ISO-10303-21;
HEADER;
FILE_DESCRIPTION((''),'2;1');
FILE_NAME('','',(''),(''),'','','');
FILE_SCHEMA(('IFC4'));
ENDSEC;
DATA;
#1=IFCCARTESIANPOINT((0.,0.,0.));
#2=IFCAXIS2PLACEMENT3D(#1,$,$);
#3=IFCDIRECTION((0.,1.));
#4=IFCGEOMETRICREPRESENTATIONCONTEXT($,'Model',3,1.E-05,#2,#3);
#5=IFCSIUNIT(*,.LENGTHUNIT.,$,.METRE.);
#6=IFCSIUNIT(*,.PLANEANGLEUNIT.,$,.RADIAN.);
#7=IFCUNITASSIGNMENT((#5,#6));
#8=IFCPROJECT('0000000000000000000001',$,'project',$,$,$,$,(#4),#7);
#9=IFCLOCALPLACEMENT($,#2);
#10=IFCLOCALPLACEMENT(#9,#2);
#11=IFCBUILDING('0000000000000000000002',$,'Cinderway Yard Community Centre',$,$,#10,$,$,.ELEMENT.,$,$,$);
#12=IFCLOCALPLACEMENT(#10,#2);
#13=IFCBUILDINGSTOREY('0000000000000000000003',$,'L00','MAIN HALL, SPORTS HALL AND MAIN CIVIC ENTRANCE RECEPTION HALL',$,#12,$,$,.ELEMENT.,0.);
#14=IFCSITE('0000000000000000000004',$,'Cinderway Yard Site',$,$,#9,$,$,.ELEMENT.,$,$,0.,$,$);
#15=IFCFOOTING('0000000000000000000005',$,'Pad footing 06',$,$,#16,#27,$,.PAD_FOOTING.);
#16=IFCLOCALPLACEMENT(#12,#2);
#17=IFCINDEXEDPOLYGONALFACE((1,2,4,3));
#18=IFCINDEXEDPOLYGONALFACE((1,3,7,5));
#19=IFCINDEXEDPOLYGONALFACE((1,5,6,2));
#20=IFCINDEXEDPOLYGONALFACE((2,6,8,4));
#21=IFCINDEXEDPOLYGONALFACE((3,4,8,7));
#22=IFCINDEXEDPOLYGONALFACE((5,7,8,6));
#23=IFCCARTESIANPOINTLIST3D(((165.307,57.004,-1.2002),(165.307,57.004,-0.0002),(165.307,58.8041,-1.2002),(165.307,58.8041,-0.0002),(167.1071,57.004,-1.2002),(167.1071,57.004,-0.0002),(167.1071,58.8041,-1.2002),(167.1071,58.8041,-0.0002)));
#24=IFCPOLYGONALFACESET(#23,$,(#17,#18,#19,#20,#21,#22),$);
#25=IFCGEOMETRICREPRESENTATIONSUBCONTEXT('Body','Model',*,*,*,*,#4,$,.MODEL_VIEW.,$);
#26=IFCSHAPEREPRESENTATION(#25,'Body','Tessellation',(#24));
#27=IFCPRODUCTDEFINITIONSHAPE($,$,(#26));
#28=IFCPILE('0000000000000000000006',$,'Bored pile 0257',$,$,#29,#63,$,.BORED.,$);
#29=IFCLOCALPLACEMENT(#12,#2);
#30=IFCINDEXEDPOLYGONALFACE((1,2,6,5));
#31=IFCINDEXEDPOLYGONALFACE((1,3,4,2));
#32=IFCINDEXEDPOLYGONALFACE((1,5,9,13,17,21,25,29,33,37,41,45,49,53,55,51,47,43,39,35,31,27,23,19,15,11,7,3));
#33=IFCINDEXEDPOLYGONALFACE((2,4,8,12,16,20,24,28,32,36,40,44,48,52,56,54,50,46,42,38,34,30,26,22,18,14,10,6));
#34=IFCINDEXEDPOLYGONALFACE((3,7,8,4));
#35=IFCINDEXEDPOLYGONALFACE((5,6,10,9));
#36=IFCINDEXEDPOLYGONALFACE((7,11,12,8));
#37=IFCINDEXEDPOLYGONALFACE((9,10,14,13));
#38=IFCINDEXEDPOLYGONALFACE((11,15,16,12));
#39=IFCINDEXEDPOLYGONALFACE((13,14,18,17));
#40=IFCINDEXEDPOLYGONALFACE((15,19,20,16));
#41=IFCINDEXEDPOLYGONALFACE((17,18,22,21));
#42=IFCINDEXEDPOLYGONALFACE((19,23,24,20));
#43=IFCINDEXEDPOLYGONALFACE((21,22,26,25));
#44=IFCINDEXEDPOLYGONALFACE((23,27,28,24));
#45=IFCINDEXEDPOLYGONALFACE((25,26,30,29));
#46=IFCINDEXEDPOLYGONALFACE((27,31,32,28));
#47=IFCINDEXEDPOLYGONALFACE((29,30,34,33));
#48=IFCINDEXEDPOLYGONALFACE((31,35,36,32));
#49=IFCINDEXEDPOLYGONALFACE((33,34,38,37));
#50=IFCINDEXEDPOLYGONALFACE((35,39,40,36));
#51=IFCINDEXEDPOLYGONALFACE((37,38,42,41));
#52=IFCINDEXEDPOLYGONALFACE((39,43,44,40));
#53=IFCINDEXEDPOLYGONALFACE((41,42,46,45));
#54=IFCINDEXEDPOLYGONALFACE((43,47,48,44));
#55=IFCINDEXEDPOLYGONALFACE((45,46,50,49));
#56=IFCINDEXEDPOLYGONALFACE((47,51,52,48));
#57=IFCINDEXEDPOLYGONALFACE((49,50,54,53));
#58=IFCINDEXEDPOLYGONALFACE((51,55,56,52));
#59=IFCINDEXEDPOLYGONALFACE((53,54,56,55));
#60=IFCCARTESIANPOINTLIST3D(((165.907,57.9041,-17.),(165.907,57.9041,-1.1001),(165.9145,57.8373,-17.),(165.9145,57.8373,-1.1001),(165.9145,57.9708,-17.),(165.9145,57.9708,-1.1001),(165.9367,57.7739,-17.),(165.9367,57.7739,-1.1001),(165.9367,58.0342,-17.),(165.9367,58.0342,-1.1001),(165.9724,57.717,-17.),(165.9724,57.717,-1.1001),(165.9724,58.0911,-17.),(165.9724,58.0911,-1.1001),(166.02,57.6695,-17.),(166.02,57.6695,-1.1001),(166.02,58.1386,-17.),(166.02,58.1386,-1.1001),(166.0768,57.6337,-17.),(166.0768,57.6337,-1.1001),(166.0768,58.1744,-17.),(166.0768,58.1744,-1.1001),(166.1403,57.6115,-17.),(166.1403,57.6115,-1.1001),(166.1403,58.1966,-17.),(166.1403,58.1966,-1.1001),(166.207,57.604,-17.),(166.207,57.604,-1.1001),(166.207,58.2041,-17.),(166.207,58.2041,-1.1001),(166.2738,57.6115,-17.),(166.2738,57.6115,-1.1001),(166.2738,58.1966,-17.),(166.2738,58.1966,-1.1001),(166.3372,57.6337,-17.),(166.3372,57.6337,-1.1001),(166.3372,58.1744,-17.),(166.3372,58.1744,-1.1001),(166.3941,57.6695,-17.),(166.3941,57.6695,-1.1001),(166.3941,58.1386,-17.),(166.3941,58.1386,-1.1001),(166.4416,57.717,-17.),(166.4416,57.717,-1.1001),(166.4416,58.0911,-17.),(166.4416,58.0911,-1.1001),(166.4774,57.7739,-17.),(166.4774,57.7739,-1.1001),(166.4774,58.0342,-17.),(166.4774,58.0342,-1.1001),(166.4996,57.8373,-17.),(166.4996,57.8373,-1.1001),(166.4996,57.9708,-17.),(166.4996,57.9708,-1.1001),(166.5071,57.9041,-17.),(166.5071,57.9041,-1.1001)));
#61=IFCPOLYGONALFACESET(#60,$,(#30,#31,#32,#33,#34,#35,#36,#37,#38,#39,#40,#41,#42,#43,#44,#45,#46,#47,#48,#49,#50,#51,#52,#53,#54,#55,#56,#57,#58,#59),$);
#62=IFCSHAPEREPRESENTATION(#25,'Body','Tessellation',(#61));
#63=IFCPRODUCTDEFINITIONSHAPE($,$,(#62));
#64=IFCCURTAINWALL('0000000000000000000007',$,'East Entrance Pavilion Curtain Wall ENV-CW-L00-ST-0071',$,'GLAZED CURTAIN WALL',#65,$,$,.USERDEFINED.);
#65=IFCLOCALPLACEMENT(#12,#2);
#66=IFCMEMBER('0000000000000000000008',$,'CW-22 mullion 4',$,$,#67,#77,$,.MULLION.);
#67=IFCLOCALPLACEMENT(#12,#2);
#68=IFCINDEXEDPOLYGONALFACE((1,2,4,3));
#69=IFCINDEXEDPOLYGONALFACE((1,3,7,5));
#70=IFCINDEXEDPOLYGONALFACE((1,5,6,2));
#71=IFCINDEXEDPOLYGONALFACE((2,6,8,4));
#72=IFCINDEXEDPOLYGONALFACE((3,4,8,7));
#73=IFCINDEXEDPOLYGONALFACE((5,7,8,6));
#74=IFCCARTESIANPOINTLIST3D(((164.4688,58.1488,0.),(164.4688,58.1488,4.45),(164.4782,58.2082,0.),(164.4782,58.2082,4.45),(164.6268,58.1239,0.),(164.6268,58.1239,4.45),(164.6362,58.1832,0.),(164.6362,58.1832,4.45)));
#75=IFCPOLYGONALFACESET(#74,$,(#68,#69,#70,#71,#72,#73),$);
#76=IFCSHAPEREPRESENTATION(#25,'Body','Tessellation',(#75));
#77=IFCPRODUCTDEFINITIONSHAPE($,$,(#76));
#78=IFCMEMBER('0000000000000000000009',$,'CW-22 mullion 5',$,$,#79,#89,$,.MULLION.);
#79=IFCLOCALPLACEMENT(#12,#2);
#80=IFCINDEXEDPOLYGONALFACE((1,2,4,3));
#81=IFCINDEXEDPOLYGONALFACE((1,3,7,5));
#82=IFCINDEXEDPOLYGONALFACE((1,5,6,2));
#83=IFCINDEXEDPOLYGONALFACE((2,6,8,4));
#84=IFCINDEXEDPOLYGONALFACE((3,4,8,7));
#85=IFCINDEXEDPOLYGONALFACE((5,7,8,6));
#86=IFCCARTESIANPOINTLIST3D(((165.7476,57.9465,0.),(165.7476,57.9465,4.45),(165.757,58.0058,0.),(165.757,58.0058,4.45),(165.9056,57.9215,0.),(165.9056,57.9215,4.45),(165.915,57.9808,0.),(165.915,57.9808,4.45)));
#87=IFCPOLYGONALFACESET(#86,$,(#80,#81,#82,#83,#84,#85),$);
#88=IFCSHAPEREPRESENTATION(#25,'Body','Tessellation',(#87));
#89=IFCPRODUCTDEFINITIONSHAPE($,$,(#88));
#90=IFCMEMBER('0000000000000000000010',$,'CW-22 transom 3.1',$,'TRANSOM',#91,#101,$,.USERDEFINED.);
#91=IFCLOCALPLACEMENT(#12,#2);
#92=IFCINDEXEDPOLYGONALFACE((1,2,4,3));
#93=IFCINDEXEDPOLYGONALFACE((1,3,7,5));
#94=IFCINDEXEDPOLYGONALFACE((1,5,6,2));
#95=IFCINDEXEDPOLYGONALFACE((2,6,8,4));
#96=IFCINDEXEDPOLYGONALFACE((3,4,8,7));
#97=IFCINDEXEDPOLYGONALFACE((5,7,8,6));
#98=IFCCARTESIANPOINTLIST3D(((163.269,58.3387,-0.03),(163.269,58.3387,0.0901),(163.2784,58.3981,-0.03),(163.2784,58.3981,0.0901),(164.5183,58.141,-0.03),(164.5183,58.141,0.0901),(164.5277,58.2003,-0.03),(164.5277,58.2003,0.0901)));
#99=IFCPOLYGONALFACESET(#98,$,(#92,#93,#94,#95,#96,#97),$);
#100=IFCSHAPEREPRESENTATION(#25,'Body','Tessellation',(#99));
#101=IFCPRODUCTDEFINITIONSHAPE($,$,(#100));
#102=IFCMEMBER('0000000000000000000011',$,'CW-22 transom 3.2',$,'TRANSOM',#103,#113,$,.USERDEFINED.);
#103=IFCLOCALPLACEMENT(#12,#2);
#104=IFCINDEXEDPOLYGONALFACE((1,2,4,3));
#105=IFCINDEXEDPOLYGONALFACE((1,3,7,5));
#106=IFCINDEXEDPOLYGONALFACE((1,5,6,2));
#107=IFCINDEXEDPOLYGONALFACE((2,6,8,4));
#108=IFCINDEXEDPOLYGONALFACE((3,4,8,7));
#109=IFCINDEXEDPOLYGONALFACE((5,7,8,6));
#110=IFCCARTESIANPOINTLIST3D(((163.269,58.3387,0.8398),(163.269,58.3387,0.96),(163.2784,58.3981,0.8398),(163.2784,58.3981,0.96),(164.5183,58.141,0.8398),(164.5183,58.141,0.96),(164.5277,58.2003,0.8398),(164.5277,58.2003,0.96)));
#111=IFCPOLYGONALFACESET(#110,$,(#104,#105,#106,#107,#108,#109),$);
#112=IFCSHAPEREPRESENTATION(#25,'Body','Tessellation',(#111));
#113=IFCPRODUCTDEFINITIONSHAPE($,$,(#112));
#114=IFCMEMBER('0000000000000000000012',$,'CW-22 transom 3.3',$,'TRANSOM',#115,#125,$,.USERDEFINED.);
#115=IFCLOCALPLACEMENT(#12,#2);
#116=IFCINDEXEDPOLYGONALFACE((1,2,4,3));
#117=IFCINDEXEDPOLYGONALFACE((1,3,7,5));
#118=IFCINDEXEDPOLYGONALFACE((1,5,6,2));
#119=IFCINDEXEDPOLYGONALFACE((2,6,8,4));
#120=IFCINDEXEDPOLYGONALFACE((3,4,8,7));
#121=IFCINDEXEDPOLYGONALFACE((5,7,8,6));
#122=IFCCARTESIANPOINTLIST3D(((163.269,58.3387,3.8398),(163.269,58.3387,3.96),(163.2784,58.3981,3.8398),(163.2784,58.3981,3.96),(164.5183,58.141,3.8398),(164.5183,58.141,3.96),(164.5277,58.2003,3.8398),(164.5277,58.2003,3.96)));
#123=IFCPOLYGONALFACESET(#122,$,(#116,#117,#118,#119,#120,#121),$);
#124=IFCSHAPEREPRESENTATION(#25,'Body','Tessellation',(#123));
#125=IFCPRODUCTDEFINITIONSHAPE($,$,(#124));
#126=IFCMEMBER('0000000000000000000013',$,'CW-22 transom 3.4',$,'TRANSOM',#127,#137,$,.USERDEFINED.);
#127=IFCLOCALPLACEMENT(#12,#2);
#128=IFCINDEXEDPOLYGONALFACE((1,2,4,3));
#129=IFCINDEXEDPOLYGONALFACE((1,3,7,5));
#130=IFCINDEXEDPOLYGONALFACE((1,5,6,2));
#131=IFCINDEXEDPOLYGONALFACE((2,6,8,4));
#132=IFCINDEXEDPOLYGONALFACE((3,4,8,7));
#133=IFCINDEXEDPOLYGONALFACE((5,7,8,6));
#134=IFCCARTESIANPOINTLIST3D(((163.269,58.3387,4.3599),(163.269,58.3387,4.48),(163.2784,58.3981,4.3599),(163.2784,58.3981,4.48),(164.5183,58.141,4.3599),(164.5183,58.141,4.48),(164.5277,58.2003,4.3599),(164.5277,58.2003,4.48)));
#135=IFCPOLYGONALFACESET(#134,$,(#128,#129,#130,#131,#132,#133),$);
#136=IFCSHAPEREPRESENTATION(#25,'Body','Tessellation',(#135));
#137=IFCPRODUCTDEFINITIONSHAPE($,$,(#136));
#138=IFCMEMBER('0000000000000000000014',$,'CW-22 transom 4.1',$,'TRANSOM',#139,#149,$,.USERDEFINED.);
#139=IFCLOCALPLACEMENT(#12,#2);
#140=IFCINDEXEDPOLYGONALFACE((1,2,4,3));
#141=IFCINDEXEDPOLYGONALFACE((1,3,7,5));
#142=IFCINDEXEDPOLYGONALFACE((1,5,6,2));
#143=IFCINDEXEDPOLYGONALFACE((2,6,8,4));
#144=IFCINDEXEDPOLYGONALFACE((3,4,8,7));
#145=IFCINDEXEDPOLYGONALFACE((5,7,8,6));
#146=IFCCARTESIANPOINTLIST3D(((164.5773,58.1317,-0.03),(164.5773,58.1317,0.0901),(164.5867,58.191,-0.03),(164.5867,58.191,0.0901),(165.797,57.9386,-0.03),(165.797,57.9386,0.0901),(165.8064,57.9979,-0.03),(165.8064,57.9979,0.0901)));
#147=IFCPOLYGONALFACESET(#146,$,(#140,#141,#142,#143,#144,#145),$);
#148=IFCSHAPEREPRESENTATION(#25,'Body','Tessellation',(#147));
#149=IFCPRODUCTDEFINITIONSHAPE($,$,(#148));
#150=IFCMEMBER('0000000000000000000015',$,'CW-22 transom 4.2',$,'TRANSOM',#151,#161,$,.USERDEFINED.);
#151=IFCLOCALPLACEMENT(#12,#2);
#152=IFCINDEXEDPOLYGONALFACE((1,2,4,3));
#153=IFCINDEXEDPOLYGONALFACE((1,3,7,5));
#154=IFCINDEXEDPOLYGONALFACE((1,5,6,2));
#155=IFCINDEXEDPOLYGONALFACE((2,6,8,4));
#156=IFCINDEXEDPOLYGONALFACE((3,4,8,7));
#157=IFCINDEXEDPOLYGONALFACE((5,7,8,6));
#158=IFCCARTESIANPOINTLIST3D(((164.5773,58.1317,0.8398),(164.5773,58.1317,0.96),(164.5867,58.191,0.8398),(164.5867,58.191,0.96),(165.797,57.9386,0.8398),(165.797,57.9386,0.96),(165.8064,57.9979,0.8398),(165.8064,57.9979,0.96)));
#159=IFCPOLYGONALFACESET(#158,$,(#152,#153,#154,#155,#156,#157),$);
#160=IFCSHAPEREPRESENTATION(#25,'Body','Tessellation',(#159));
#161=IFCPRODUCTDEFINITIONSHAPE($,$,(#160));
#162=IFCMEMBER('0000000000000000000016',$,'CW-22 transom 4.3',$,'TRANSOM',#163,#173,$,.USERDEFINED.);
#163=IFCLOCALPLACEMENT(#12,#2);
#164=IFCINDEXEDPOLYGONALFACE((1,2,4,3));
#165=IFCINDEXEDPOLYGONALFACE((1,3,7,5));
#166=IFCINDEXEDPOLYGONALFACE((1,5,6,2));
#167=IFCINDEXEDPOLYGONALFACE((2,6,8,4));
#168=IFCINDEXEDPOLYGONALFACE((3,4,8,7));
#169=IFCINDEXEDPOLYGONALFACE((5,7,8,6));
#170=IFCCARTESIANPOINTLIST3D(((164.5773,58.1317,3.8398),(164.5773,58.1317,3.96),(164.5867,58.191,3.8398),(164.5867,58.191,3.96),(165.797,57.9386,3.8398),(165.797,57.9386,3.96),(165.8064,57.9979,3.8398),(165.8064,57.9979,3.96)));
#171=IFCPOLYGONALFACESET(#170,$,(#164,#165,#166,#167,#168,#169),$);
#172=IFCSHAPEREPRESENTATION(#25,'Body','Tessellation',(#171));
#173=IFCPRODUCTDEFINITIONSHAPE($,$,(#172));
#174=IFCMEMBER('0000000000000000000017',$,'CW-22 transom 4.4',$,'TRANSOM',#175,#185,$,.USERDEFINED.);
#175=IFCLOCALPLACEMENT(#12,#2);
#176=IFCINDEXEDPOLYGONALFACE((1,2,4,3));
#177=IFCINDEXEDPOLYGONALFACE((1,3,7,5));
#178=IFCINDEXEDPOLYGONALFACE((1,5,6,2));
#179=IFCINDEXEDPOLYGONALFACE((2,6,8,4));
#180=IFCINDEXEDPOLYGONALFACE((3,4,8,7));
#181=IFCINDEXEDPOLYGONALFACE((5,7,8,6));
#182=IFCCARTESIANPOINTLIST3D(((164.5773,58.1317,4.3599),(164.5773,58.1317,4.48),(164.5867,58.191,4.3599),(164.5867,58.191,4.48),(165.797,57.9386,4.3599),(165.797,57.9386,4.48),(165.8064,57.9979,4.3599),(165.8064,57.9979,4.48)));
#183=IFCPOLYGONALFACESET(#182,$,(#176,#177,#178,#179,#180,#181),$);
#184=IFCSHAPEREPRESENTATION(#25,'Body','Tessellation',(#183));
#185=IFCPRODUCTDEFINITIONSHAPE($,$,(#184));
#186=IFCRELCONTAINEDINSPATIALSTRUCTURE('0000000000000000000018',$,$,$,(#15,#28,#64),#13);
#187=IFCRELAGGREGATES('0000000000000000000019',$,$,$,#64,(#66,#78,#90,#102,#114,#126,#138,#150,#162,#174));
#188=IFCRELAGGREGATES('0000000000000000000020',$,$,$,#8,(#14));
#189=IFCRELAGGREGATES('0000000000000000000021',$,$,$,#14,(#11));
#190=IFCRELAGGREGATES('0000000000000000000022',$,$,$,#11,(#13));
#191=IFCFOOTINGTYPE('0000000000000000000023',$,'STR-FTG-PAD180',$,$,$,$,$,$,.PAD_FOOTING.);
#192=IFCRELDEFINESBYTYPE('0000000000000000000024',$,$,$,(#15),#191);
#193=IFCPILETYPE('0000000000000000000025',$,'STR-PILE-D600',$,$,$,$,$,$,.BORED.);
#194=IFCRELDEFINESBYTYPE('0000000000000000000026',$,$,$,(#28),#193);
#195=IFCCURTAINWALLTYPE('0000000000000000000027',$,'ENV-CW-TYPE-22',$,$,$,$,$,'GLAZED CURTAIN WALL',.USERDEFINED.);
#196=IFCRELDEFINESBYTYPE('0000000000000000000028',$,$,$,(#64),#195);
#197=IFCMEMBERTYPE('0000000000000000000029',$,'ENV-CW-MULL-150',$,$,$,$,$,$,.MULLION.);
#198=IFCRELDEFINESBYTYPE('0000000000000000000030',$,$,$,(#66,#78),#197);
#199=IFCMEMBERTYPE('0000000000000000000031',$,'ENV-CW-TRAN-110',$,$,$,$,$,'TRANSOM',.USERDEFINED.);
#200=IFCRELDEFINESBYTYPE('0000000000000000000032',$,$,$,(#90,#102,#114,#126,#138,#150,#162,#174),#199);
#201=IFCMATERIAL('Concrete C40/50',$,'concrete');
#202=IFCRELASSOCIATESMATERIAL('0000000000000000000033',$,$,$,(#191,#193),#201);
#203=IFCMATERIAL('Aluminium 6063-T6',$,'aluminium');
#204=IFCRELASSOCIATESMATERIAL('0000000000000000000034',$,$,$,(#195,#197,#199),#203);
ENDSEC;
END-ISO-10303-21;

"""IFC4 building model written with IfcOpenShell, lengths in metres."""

from ifc_helpers import new_model, si_unit, direction, frame, origin, origin_2d, place, context, subcontext, project, spatial, rectangle, circle, extrude, material, material_profile, profile_set, type_object, element, aggregate, save


model = new_model("IFC4")

# Units and contexts
model_context = context("Model", 3, precision=1e-05, world=origin(), true_north=direction((0.0, 1.0)))
body_context = subcontext(model_context, "Body", "Model", "MODEL_VIEW")
ifc_project = project(units=[si_unit("LENGTHUNIT", "METRE"), si_unit("PLANEANGLEUNIT", "RADIAN")], contexts=[model_context])

# Site, building, storey
site_placement = place(None, origin())
site = spatial("IfcSite", under=ifc_project, at=site_placement, Name="Cinderway Yard Site", CompositionType="ELEMENT", RefElevation=0.0)
building_placement = place(site_placement, origin())
building = spatial("IfcBuilding", under=site, at=building_placement, Name="Cinderway Yard Community Centre", CompositionType="ELEMENT")
storey_placement = place(building_placement, origin())
storey = spatial("IfcBuildingStorey", under=building, at=storey_placement, Name="L00", Description="MAIN HALL, SPORTS HALL AND MAIN CIVIC ENTRANCE RECEPTION HALL", CompositionType="ELEMENT", Elevation=0.0)

# Footing
ifc_material_1 = material(Name="Concrete C40/50", Category="concrete")
footing_type = type_object("IfcFootingType", Name="STR-FTG-PAD180", PredefinedType="PAD_FOOTING", material=ifc_material_1)
footing_placement = place(storey_placement, frame((166.207, 57.9041, -1.2002), z_axis=(0.0, 0.0, 1.0), x_axis=(1.0, 0.0, 0.0)))
element("IfcFooting", 1, at=footing_placement, inside=storey, type_object=footing_type, Name="Pad footing 06", PredefinedType="PAD_FOOTING", context=body_context, shape_type="SweptSolid", body=[
    extrude(rectangle(XDim=1.8, YDim=1.8, at=origin_2d()), origin(), (0.0, 0.0, 1.0), 1.2),
])

# Pile
ifc_material_profile_1 = material_profile(ifc_material_1, circle(Radius=0.3, at=origin_2d()), Name="Concrete C40/50")
ifc_profile_set_1 = profile_set([ifc_material_profile_1], Name="Concrete C40/50")
pile_type = type_object("IfcPileType", Name="STR-PILE-D600", PredefinedType="BORED", material=ifc_profile_set_1)
pile_placement = place(storey_placement, frame((166.207, 57.9041, -1.1001), z_axis=(0.0, 0.0, -1.0), x_axis=(1.0, 0.0, 0.0)))
element("IfcPile", 2, at=pile_placement, inside=storey, type_object=pile_type, Name="Bored pile 0257", PredefinedType="BORED", context=body_context, shape_type="SweptSolid", body=[
    extrude(circle(Radius=0.3, at=origin_2d()), origin(), (0.0, 0.0, 1.0), 15.8999),
])

# Curtain wall, members
ifc_material_2 = material(Name="Aluminium 6063-T6", Category="aluminium")
curtain_wall_type = type_object("IfcCurtainWallType", Name="ENV-CW-TYPE-22", ElementType="GLAZED CURTAIN WALL", PredefinedType="USERDEFINED", material=ifc_material_2)
curtain_wall_placement = place(storey_placement, origin())
curtain_wall = element("IfcCurtainWall", 3, at=curtain_wall_placement, inside=storey, type_object=curtain_wall_type, Name="East Entrance Pavilion Curtain Wall ENV-CW-L00-ST-0071", ObjectType="GLAZED CURTAIN WALL", PredefinedType="USERDEFINED")
ifc_material_profile_2 = material_profile(ifc_material_2, rectangle(XDim=0.0601, YDim=0.1599, at=origin_2d()), Name="Aluminium 6063-T6")
ifc_profile_set_2 = profile_set([ifc_material_profile_2], Name="Aluminium 6063-T6")
member_type_1 = type_object("IfcMemberType", Name="ENV-CW-MULL-150", PredefinedType="MULLION", material=ifc_profile_set_2)
member_1_placement = place(storey_placement, frame((164.5525, 58.166, 0.0), z_axis=(0.0, 0.0, 1.0), x_axis=(0.156253, 0.987717, 0.0)))
member_1 = element("IfcMember", 4, at=member_1_placement, type_object=member_type_1, Name="CW-22 mullion 4", PredefinedType="MULLION", context=body_context, shape_type="SweptSolid", body=[
    extrude(rectangle(XDim=0.0601, YDim=0.1599, at=origin_2d()), origin(), (0.0, 0.0, 1.0), 4.45),
])
member_2_placement = place(storey_placement, frame((165.8313, 57.9636, 0.0), z_axis=(0.0, 0.0, 1.0), x_axis=(0.156253, 0.987717, 0.0)))
member_2 = element("IfcMember", 5, at=member_2_placement, type_object=member_type_1, Name="CW-22 mullion 5", PredefinedType="MULLION", context=body_context, shape_type="SweptSolid", body=[
    extrude(rectangle(XDim=0.0601, YDim=0.1599, at=origin_2d()), origin(), (0.0, 0.0, 1.0), 4.45),
])
ifc_material_profile_3 = material_profile(ifc_material_2, rectangle(XDim=0.0601, YDim=0.1201, at=origin_2d()), Name="Aluminium 6063-T6")
ifc_profile_set_3 = profile_set([ifc_material_profile_3], Name="Aluminium 6063-T6")
member_type_2 = type_object("IfcMemberType", Name="ENV-CW-TRAN-110", ElementType="TRANSOM", PredefinedType="USERDEFINED", material=ifc_profile_set_3)
member_3_placement = place(storey_placement, frame((163.2737, 58.3684, 0.03), z_axis=(0.987702, -0.156349, 0.0), x_axis=(0.156349, 0.987702, 0.0)))
member_3 = element("IfcMember", 6, at=member_3_placement, type_object=member_type_2, Name="CW-22 transom 3.1", ObjectType="TRANSOM", PredefinedType="USERDEFINED", context=body_context, shape_type="SweptSolid", body=[
    extrude(rectangle(XDim=0.0601, YDim=0.1201, at=origin_2d()), origin(), (0.0, 0.0, 1.0), 1.2649),
])
member_4_placement = place(storey_placement, frame((163.2737, 58.3684, 0.8999), z_axis=(0.987702, -0.156349, 0.0), x_axis=(0.156349, 0.987702, 0.0)))
member_4 = element("IfcMember", 7, at=member_4_placement, type_object=member_type_2, Name="CW-22 transom 3.2", ObjectType="TRANSOM", PredefinedType="USERDEFINED", context=body_context, shape_type="SweptSolid", body=[
    extrude(rectangle(XDim=0.0601, YDim=0.1201, at=origin_2d()), origin(), (0.0, 0.0, 1.0), 1.2649),
])
member_5_placement = place(storey_placement, frame((163.2737, 58.3684, 3.8999), z_axis=(0.987702, -0.156349, 0.0), x_axis=(0.156349, 0.987702, 0.0)))
member_5 = element("IfcMember", 8, at=member_5_placement, type_object=member_type_2, Name="CW-22 transom 3.3", ObjectType="TRANSOM", PredefinedType="USERDEFINED", context=body_context, shape_type="SweptSolid", body=[
    extrude(rectangle(XDim=0.0601, YDim=0.1201, at=origin_2d()), origin(), (0.0, 0.0, 1.0), 1.2649),
])
member_6_placement = place(storey_placement, frame((163.2737, 58.3684, 4.4199), z_axis=(0.987702, -0.156349, 0.0), x_axis=(0.156349, 0.987702, 0.0)))
member_6 = element("IfcMember", 9, at=member_6_placement, type_object=member_type_2, Name="CW-22 transom 3.4", ObjectType="TRANSOM", PredefinedType="USERDEFINED", context=body_context, shape_type="SweptSolid", body=[
    extrude(rectangle(XDim=0.0601, YDim=0.1201, at=origin_2d()), origin(), (0.0, 0.0, 1.0), 1.2649),
])
member_7_placement = place(storey_placement, frame((164.582, 58.1614, 0.03), z_axis=(0.987697, -0.156379, 0.0), x_axis=(0.156379, 0.987697, 0.0)))
member_7 = element("IfcMember", 10, at=member_7_placement, type_object=member_type_2, Name="CW-22 transom 4.1", ObjectType="TRANSOM", PredefinedType="USERDEFINED", context=body_context, shape_type="SweptSolid", body=[
    extrude(rectangle(XDim=0.0601, YDim=0.1201, at=origin_2d()), origin(), (0.0, 0.0, 1.0), 1.2349),
])
member_8_placement = place(storey_placement, frame((164.582, 58.1614, 0.8999), z_axis=(0.987697, -0.156379, 0.0), x_axis=(0.156379, 0.987697, 0.0)))
member_8 = element("IfcMember", 11, at=member_8_placement, type_object=member_type_2, Name="CW-22 transom 4.2", ObjectType="TRANSOM", PredefinedType="USERDEFINED", context=body_context, shape_type="SweptSolid", body=[
    extrude(rectangle(XDim=0.0601, YDim=0.1201, at=origin_2d()), origin(), (0.0, 0.0, 1.0), 1.2349),
])
member_9_placement = place(storey_placement, frame((164.582, 58.1614, 3.8999), z_axis=(0.987697, -0.156379, 0.0), x_axis=(0.156379, 0.987697, 0.0)))
member_9 = element("IfcMember", 12, at=member_9_placement, type_object=member_type_2, Name="CW-22 transom 4.3", ObjectType="TRANSOM", PredefinedType="USERDEFINED", context=body_context, shape_type="SweptSolid", body=[
    extrude(rectangle(XDim=0.0601, YDim=0.1201, at=origin_2d()), origin(), (0.0, 0.0, 1.0), 1.2349),
])
member_10_placement = place(storey_placement, frame((164.582, 58.1614, 4.4199), z_axis=(0.987697, -0.156379, 0.0), x_axis=(0.156379, 0.987697, 0.0)))
member_10 = element("IfcMember", 13, at=member_10_placement, type_object=member_type_2, Name="CW-22 transom 4.4", ObjectType="TRANSOM", PredefinedType="USERDEFINED", context=body_context, shape_type="SweptSolid", body=[
    extrude(rectangle(XDim=0.0601, YDim=0.1201, at=origin_2d()), origin(), (0.0, 0.0, 1.0), 1.2349),
])

aggregate(curtain_wall, [member_1, member_2, member_3, member_4, member_5, member_6, member_7, member_8, member_9, member_10])

save(model, "model.ifc")
